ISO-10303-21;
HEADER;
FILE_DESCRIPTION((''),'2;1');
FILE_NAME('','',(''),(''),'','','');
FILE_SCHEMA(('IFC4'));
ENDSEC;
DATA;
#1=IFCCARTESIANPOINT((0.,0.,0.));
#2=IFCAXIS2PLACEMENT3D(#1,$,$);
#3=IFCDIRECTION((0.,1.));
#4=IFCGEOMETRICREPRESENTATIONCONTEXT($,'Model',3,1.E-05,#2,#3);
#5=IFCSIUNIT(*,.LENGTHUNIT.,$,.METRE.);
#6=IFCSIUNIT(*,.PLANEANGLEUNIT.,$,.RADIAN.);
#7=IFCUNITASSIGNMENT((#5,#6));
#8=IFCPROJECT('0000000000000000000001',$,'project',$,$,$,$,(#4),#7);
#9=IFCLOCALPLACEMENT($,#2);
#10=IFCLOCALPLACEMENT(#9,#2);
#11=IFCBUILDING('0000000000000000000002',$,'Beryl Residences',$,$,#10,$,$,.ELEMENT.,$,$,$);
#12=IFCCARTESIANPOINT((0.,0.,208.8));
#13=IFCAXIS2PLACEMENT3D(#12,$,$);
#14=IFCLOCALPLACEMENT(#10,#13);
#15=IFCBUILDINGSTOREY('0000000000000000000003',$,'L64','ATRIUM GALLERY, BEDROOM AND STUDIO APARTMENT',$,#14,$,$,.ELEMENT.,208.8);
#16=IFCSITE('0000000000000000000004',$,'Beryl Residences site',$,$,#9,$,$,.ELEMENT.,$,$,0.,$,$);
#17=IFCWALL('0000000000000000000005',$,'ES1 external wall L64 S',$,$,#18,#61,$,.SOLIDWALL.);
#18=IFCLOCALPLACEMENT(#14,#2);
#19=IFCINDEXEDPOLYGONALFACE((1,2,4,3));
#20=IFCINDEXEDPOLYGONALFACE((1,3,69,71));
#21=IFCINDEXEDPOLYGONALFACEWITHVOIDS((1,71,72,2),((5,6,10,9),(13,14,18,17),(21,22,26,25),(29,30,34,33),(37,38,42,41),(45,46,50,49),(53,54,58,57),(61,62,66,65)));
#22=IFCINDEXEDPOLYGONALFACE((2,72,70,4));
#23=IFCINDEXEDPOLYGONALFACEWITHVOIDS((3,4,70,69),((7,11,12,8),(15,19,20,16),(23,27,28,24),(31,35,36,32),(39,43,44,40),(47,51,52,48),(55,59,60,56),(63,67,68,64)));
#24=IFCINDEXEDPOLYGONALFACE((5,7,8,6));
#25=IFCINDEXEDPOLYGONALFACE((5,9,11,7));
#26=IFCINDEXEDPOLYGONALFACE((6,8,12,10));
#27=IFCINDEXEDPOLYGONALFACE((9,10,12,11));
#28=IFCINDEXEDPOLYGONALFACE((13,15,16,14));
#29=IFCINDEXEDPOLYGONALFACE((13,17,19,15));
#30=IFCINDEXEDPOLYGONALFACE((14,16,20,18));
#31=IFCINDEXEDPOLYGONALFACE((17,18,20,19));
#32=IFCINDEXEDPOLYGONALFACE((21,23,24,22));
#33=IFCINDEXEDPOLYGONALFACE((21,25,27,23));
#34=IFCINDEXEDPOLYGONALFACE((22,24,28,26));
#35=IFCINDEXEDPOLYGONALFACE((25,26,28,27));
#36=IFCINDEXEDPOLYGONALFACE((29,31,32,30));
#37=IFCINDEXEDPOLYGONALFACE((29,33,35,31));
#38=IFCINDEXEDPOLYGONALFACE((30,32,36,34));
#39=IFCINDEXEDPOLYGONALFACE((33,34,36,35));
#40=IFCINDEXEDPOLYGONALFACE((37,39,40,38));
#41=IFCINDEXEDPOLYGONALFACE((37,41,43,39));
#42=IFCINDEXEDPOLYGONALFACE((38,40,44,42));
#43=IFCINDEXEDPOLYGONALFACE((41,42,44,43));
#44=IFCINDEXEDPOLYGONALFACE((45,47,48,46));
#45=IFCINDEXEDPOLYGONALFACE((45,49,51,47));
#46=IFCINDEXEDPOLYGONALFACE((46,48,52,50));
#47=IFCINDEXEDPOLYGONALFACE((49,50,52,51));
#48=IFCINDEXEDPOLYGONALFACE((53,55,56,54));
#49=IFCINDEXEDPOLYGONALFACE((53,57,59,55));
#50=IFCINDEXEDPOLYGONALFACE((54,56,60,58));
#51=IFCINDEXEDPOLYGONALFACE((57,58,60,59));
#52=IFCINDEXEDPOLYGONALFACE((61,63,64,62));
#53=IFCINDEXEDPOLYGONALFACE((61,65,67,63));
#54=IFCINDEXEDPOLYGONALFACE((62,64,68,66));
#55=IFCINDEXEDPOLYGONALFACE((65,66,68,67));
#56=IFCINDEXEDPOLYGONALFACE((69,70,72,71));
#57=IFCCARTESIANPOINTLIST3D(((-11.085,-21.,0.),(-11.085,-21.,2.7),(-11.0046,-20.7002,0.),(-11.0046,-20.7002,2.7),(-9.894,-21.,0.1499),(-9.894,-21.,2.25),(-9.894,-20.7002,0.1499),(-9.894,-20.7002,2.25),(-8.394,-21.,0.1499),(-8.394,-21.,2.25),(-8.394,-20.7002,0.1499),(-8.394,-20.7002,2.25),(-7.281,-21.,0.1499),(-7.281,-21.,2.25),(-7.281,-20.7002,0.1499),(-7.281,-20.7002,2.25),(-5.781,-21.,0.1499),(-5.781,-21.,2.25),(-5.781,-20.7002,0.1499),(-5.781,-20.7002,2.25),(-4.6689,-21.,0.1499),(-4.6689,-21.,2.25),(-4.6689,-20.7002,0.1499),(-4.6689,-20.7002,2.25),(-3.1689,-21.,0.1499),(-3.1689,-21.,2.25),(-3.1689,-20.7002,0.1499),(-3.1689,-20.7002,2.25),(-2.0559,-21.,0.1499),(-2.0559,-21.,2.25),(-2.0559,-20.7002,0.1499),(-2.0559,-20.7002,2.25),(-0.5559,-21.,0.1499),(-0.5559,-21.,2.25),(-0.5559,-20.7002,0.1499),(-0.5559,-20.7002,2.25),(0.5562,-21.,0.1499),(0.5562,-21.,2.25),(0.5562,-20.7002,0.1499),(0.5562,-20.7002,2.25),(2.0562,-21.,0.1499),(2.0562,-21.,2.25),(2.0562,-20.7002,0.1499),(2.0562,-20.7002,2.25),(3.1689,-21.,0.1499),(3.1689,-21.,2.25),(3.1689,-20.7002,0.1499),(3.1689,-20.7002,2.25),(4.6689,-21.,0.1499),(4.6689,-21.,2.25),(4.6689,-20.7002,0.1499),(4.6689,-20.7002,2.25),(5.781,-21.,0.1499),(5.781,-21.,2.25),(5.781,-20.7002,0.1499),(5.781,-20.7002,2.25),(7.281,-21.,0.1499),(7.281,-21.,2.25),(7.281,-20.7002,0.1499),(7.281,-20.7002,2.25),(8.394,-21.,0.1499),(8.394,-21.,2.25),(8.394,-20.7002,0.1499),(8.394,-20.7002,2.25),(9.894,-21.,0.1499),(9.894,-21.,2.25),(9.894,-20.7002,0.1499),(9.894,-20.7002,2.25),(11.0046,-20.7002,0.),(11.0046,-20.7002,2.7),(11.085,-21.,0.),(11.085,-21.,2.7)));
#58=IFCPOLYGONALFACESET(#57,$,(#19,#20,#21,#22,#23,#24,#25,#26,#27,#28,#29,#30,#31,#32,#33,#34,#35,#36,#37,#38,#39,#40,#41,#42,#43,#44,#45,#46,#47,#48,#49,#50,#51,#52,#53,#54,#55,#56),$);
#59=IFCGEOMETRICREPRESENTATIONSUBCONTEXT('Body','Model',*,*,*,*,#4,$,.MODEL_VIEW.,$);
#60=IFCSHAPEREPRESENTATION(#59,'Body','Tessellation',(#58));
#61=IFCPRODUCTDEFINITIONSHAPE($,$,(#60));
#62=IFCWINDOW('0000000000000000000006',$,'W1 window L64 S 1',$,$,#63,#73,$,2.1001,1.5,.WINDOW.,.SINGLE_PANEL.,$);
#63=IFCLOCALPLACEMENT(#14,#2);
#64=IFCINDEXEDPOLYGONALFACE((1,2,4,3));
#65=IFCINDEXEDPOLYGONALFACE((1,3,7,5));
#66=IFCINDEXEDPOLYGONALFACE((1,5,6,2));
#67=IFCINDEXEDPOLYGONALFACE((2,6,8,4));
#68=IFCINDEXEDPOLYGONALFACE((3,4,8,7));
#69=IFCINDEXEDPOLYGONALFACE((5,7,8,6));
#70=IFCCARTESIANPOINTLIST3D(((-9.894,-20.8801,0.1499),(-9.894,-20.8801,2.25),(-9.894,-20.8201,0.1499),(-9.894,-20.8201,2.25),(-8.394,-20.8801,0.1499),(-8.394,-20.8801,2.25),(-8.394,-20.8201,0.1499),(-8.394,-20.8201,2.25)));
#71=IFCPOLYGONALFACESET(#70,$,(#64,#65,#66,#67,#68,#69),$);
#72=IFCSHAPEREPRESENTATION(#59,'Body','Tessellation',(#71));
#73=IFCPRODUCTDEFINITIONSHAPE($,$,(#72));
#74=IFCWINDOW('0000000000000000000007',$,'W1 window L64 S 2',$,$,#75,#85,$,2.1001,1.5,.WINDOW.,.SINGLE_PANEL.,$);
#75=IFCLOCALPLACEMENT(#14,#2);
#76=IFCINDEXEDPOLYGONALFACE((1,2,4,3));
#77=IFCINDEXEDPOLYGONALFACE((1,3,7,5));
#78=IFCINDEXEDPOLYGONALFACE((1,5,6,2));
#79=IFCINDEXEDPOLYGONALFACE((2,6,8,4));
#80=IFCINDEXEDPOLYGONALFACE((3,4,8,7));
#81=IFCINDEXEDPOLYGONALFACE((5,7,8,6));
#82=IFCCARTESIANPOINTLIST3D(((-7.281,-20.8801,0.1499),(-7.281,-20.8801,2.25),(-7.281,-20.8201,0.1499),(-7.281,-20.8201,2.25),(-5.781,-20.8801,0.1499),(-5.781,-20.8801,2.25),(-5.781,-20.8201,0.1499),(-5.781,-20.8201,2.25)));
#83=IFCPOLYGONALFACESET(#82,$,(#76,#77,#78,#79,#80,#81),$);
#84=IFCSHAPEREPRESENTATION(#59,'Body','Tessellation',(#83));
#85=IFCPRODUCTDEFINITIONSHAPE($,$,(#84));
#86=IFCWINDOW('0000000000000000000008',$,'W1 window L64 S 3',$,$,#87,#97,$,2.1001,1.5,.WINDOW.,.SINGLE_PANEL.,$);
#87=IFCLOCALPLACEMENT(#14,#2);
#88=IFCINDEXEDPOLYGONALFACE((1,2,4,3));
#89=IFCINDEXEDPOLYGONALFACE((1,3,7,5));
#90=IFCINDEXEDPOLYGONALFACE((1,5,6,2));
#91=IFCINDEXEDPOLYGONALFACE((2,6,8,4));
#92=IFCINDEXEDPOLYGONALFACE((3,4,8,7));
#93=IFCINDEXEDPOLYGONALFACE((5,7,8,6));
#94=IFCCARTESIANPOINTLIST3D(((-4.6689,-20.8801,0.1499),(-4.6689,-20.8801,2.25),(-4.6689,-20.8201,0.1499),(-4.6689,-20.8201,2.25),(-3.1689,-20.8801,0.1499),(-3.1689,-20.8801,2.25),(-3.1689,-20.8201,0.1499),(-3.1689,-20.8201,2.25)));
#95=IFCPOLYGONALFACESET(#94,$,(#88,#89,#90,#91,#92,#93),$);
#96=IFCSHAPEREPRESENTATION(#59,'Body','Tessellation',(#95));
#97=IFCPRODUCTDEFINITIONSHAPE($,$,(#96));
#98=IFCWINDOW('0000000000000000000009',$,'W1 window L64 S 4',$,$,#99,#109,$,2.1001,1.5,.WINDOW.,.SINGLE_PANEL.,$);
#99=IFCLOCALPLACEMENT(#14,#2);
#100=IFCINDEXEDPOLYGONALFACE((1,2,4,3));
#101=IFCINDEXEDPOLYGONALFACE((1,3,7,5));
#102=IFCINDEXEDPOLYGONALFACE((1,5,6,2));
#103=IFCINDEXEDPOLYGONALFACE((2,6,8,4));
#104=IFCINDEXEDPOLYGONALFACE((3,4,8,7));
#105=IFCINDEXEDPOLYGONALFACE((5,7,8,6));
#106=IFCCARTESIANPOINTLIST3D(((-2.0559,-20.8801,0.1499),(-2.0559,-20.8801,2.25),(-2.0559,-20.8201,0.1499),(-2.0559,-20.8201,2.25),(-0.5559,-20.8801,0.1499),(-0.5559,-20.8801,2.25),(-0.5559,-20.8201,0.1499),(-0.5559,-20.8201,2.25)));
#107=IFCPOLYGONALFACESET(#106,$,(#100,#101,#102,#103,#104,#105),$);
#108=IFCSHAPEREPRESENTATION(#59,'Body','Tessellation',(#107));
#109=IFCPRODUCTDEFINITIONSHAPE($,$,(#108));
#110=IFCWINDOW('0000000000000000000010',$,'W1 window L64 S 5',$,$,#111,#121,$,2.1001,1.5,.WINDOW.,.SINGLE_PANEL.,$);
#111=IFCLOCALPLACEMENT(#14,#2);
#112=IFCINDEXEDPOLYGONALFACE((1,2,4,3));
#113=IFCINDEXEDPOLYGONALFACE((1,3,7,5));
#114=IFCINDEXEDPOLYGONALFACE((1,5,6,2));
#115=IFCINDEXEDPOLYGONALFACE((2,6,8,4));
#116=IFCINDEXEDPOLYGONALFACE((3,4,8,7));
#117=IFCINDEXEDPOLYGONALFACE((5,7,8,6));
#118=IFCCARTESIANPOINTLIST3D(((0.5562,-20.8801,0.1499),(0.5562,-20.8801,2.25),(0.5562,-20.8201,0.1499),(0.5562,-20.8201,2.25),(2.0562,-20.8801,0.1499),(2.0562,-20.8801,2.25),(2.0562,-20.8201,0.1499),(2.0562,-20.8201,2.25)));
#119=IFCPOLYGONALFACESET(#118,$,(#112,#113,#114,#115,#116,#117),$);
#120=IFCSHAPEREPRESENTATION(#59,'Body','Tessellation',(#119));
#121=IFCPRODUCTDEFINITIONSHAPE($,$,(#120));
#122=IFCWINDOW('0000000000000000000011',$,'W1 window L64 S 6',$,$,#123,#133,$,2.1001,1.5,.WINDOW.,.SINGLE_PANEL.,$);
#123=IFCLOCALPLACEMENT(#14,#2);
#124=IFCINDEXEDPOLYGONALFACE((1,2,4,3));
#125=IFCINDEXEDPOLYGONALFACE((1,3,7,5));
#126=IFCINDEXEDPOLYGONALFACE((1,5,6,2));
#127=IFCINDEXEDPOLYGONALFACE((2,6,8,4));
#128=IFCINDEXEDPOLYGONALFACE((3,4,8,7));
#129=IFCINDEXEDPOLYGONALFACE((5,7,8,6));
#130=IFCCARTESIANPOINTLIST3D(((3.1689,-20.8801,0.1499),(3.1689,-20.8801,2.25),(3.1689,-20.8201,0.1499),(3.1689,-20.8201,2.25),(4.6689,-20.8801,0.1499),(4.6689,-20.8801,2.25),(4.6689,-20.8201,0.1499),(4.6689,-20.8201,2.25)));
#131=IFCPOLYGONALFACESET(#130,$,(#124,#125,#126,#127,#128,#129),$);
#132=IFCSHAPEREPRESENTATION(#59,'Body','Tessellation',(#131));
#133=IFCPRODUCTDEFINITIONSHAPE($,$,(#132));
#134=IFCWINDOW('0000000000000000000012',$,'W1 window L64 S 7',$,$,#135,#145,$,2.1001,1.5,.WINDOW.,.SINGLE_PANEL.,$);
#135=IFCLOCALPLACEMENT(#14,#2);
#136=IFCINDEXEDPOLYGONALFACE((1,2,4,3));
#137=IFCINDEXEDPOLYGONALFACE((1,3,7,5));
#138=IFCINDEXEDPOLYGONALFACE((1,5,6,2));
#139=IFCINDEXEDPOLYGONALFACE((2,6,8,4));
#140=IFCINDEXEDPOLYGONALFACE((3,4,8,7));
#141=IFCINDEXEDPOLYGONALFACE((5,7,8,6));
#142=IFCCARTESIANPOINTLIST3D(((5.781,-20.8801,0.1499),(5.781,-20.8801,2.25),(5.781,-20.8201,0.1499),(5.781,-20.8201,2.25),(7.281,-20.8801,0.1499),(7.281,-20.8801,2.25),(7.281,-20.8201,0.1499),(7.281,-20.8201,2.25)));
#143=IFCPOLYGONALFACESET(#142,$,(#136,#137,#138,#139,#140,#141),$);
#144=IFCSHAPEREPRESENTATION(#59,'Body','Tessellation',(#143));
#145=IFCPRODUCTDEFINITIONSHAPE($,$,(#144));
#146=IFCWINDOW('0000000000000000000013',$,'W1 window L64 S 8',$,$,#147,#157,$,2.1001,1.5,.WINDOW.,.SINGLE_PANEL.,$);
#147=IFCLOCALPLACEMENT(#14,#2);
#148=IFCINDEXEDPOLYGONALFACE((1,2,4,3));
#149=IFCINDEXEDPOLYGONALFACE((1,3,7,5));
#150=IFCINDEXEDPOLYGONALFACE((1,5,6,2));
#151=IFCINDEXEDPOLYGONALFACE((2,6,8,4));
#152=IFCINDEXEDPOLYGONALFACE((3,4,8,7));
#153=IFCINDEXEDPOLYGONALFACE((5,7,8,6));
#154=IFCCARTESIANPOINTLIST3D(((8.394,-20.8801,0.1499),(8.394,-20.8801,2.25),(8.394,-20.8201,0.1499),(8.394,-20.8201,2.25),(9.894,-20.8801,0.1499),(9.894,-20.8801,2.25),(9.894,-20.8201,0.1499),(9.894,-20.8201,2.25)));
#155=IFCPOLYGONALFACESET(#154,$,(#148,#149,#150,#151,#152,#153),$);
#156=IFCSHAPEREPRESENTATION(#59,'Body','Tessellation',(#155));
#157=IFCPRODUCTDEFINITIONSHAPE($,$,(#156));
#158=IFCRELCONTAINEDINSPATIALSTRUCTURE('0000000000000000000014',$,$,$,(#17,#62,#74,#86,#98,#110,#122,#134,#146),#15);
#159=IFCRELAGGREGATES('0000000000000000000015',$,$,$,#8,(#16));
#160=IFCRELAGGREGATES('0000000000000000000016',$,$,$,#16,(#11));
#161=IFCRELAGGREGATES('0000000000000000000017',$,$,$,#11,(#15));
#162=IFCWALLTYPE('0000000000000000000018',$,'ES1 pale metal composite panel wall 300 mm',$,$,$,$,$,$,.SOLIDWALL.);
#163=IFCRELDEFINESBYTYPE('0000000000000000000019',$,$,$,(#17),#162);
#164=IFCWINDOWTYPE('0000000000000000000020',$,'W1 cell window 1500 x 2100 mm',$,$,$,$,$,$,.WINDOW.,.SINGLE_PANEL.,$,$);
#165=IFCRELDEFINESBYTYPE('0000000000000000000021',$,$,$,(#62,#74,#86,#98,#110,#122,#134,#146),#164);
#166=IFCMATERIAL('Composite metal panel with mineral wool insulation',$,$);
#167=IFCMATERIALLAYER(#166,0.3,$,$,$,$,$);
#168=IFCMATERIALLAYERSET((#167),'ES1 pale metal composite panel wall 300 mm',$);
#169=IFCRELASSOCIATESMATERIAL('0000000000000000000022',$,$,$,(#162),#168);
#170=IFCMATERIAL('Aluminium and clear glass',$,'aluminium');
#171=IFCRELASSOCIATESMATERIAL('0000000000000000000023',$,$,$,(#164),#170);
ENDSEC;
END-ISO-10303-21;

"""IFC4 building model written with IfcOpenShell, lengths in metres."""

from ifc_helpers import new_model, si_unit, direction, frame, frame_2d, origin, place, context, subcontext, project, spatial, polyline, rectangle, outline, extrude, material, layer, layer_set, type_object, element, fill, save


model = new_model("IFC4")

# Units and contexts
model_context = context("Model", 3, precision=1e-05, world=origin(), true_north=direction((0.0, 1.0)))
body_context = subcontext(model_context, "Body", "Model", "MODEL_VIEW")
ifc_project = project(units=[si_unit("LENGTHUNIT", "METRE"), si_unit("PLANEANGLEUNIT", "RADIAN")], contexts=[model_context])

# Site, building, storey
site_placement = place(None, origin())
site = spatial("IfcSite", under=ifc_project, at=site_placement, Name="Beryl Residences site", CompositionType="ELEMENT", RefElevation=0.0)
building_placement = place(site_placement, origin())
building = spatial("IfcBuilding", under=site, at=building_placement, Name="Beryl Residences", CompositionType="ELEMENT")
storey_placement = place(building_placement, frame((0.0, 0.0, 208.8)))
storey = spatial("IfcBuildingStorey", under=building, at=storey_placement, Name="L64", Description="ATRIUM GALLERY, BEDROOM AND STUDIO APARTMENT", CompositionType="ELEMENT", Elevation=208.8)

# Wall, openings, windows
ifc_material_1 = material(Name="Composite metal panel with mineral wool insulation")
ifc_layer_1 = layer(ifc_material_1, 0.3)
ifc_layer_set_1 = layer_set([ifc_layer_1], Name="ES1 pale metal composite panel wall 300 mm")
wall_type_1 = type_object("IfcWallType", Name="ES1 pale metal composite panel wall 300 mm", PredefinedType="SOLIDWALL", material=ifc_layer_set_1)
wall_1_placement = place(storey_placement, frame((-11.085, -20.8501, 0.0), z_axis=(0.0, 0.0, 1.0), x_axis=(1.0, 0.0, 0.0)))
wall_1 = element("IfcWall", 1, at=wall_1_placement, inside=storey, type_object=wall_type_1, Name="ES1 external wall L64 S", PredefinedType="SOLIDWALL", context=body_context, shape_type="SweptSolid", body=[
    extrude(outline(polyline([(0.0, -0.1499), (22.1699, -0.1499), (22.0896, 0.1499), (0.0803, 0.1499), (0.0, -0.1499)])), origin(), (0.0, 0.0, 1.0), 2.7),
])
opening_1_placement = place(wall_1_placement, frame((1.1909, 0.0, 0.1499)))
opening_1 = element("IfcOpeningElement", 2, at=opening_1_placement, cuts=wall_1, PredefinedType="OPENING", context=body_context, shape_type="SweptSolid", body=[
    extrude(rectangle(XDim=1.5, YDim=2.1001, at=frame_2d((0.75, 1.05))), frame((0.0, 0.1599, 0.0), z_axis=(0.0, -1.0, 0.0), x_axis=(1.0, 0.0, 0.0)), (0.0, 0.0, 1.0), 0.3201),
])
opening_2_placement = place(wall_1_placement, frame((3.804, 0.0, 0.1499)))
opening_2 = element("IfcOpeningElement", 3, at=opening_2_placement, cuts=wall_1, PredefinedType="OPENING", context=body_context, shape_type="SweptSolid", body=[
    extrude(rectangle(XDim=1.5, YDim=2.1001, at=frame_2d((0.75, 1.05))), frame((0.0, 0.1599, 0.0), z_axis=(0.0, -1.0, 0.0), x_axis=(1.0, 0.0, 0.0)), (0.0, 0.0, 1.0), 0.3201),
])
opening_3_placement = place(wall_1_placement, frame((6.416, 0.0, 0.1499)))
opening_3 = element("IfcOpeningElement", 4, at=opening_3_placement, cuts=wall_1, PredefinedType="OPENING", context=body_context, shape_type="SweptSolid", body=[
    extrude(rectangle(XDim=1.5, YDim=2.1001, at=frame_2d((0.75, 1.05))), frame((0.0, 0.1599, 0.0), z_axis=(0.0, -1.0, 0.0), x_axis=(1.0, 0.0, 0.0)), (0.0, 0.0, 1.0), 0.3201),
])
opening_4_placement = place(wall_1_placement, frame((9.0291, 0.0, 0.1499)))
opening_4 = element("IfcOpeningElement", 5, at=opening_4_placement, cuts=wall_1, PredefinedType="OPENING", context=body_context, shape_type="SweptSolid", body=[
    extrude(rectangle(XDim=1.5, YDim=2.1001, at=frame_2d((0.75, 1.05))), frame((0.0, 0.1599, 0.0), z_axis=(0.0, -1.0, 0.0), x_axis=(1.0, 0.0, 0.0)), (0.0, 0.0, 1.0), 0.3201),
])
opening_5_placement = place(wall_1_placement, frame((11.6411, 0.0, 0.1499)))
opening_5 = element("IfcOpeningElement", 6, at=opening_5_placement, cuts=wall_1, PredefinedType="OPENING", context=body_context, shape_type="SweptSolid", body=[
    extrude(rectangle(XDim=1.5, YDim=2.1001, at=frame_2d((0.75, 1.05))), frame((0.0, 0.1599, 0.0), z_axis=(0.0, -1.0, 0.0), x_axis=(1.0, 0.0, 0.0)), (0.0, 0.0, 1.0), 0.3201),
])
opening_6_placement = place(wall_1_placement, frame((14.2539, 0.0, 0.1499)))
opening_6 = element("IfcOpeningElement", 7, at=opening_6_placement, cuts=wall_1, PredefinedType="OPENING", context=body_context, shape_type="SweptSolid", body=[
    extrude(rectangle(XDim=1.5, YDim=2.1001, at=frame_2d((0.75, 1.05))), frame((0.0, 0.1599, 0.0), z_axis=(0.0, -1.0, 0.0), x_axis=(1.0, 0.0, 0.0)), (0.0, 0.0, 1.0), 0.3201),
])
opening_7_placement = place(wall_1_placement, frame((16.866, 0.0, 0.1499)))
opening_7 = element("IfcOpeningElement", 8, at=opening_7_placement, cuts=wall_1, PredefinedType="OPENING", context=body_context, shape_type="SweptSolid", body=[
    extrude(rectangle(XDim=1.5, YDim=2.1001, at=frame_2d((0.75, 1.05))), frame((0.0, 0.1599, 0.0), z_axis=(0.0, -1.0, 0.0), x_axis=(1.0, 0.0, 0.0)), (0.0, 0.0, 1.0), 0.3201),
])
opening_8_placement = place(wall_1_placement, frame((19.479, 0.0, 0.1499)))
opening_8 = element("IfcOpeningElement", 9, at=opening_8_placement, cuts=wall_1, PredefinedType="OPENING", context=body_context, shape_type="SweptSolid", body=[
    extrude(rectangle(XDim=1.5, YDim=2.1001, at=frame_2d((0.75, 1.05))), frame((0.0, 0.1599, 0.0), z_axis=(0.0, -1.0, 0.0), x_axis=(1.0, 0.0, 0.0)), (0.0, 0.0, 1.0), 0.3201),
])
ifc_material_2 = material(Name="Aluminium and clear glass", Category="aluminium")
window_type = type_object("IfcWindowType", Name="W1 cell window 1500 x 2100 mm", PartitioningType="SINGLE_PANEL", PredefinedType="WINDOW", material=ifc_material_2)
window_1_placement = place(opening_1_placement, origin())
window_1 = element("IfcWindow", 10, at=window_1_placement, inside=storey, type_object=window_type, Name="W1 window L64 S 1", OverallHeight=2.1001, OverallWidth=1.5, PartitioningType="SINGLE_PANEL", PredefinedType="WINDOW", context=body_context, shape_type="SweptSolid", body=[
    extrude(rectangle(XDim=1.5, YDim=2.1001, at=frame_2d((0.75, 1.05))), frame((0.0, 0.03, 0.0), z_axis=(0.0, -1.0, 0.0), x_axis=(1.0, 0.0, 0.0)), (0.0, 0.0, 1.0), 0.0601),
])
fill(opening_1, window_1)
window_2_placement = place(opening_2_placement, origin())
window_2 = element("IfcWindow", 11, at=window_2_placement, inside=storey, type_object=window_type, Name="W1 window L64 S 2", OverallHeight=2.1001, OverallWidth=1.5, PartitioningType="SINGLE_PANEL", PredefinedType="WINDOW", context=body_context, shape_type="SweptSolid", body=[
    extrude(rectangle(XDim=1.5, YDim=2.1001, at=frame_2d((0.75, 1.05))), frame((0.0, 0.03, 0.0), z_axis=(0.0, -1.0, 0.0), x_axis=(1.0, 0.0, 0.0)), (0.0, 0.0, 1.0), 0.0601),
])
fill(opening_2, window_2)
window_3_placement = place(opening_3_placement, origin())
window_3 = element("IfcWindow", 12, at=window_3_placement, inside=storey, type_object=window_type, Name="W1 window L64 S 3", OverallHeight=2.1001, OverallWidth=1.5, PartitioningType="SINGLE_PANEL", PredefinedType="WINDOW", context=body_context, shape_type="SweptSolid", body=[
    extrude(rectangle(XDim=1.5, YDim=2.1001, at=frame_2d((0.75, 1.05))), frame((0.0, 0.03, 0.0), z_axis=(0.0, -1.0, 0.0), x_axis=(1.0, 0.0, 0.0)), (0.0, 0.0, 1.0), 0.0601),
])
fill(opening_3, window_3)
window_4_placement = place(opening_4_placement, origin())
window_4 = element("IfcWindow", 13, at=window_4_placement, inside=storey, type_object=window_type, Name="W1 window L64 S 4", OverallHeight=2.1001, OverallWidth=1.5, PartitioningType="SINGLE_PANEL", PredefinedType="WINDOW", context=body_context, shape_type="SweptSolid", body=[
    extrude(rectangle(XDim=1.5, YDim=2.1001, at=frame_2d((0.75, 1.05))), frame((0.0, 0.03, 0.0), z_axis=(0.0, -1.0, 0.0), x_axis=(1.0, 0.0, 0.0)), (0.0, 0.0, 1.0), 0.0601),
])
fill(opening_4, window_4)
window_5_placement = place(opening_5_placement, origin())
window_5 = element("IfcWindow", 14, at=window_5_placement, inside=storey, type_object=window_type, Name="W1 window L64 S 5", OverallHeight=2.1001, OverallWidth=1.5, PartitioningType="SINGLE_PANEL", PredefinedType="WINDOW", context=body_context, shape_type="SweptSolid", body=[
    extrude(rectangle(XDim=1.5, YDim=2.1001, at=frame_2d((0.75, 1.05))), frame((0.0, 0.03, 0.0), z_axis=(0.0, -1.0, 0.0), x_axis=(1.0, 0.0, 0.0)), (0.0, 0.0, 1.0), 0.0601),
])
fill(opening_5, window_5)
window_6_placement = place(opening_6_placement, origin())
window_6 = element("IfcWindow", 15, at=window_6_placement, inside=storey, type_object=window_type, Name="W1 window L64 S 6", OverallHeight=2.1001, OverallWidth=1.5, PartitioningType="SINGLE_PANEL", PredefinedType="WINDOW", context=body_context, shape_type="SweptSolid", body=[
    extrude(rectangle(XDim=1.5, YDim=2.1001, at=frame_2d((0.75, 1.05))), frame((0.0, 0.03, 0.0), z_axis=(0.0, -1.0, 0.0), x_axis=(1.0, 0.0, 0.0)), (0.0, 0.0, 1.0), 0.0601),
])
fill(opening_6, window_6)
window_7_placement = place(opening_7_placement, origin())
window_7 = element("IfcWindow", 16, at=window_7_placement, inside=storey, type_object=window_type, Name="W1 window L64 S 7", OverallHeight=2.1001, OverallWidth=1.5, PartitioningType="SINGLE_PANEL", PredefinedType="WINDOW", context=body_context, shape_type="SweptSolid", body=[
    extrude(rectangle(XDim=1.5, YDim=2.1001, at=frame_2d((0.75, 1.05))), frame((0.0, 0.03, 0.0), z_axis=(0.0, -1.0, 0.0), x_axis=(1.0, 0.0, 0.0)), (0.0, 0.0, 1.0), 0.0601),
])
fill(opening_7, window_7)
window_8_placement = place(opening_8_placement, origin())
window_8 = element("IfcWindow", 17, at=window_8_placement, inside=storey, type_object=window_type, Name="W1 window L64 S 8", OverallHeight=2.1001, OverallWidth=1.5, PartitioningType="SINGLE_PANEL", PredefinedType="WINDOW", context=body_context, shape_type="SweptSolid", body=[
    extrude(rectangle(XDim=1.5, YDim=2.1001, at=frame_2d((0.75, 1.05))), frame((0.0, 0.03, 0.0), z_axis=(0.0, -1.0, 0.0), x_axis=(1.0, 0.0, 0.0)), (0.0, 0.0, 1.0), 0.0601),
])
fill(opening_8, window_8)

save(model, "model.ifc")
